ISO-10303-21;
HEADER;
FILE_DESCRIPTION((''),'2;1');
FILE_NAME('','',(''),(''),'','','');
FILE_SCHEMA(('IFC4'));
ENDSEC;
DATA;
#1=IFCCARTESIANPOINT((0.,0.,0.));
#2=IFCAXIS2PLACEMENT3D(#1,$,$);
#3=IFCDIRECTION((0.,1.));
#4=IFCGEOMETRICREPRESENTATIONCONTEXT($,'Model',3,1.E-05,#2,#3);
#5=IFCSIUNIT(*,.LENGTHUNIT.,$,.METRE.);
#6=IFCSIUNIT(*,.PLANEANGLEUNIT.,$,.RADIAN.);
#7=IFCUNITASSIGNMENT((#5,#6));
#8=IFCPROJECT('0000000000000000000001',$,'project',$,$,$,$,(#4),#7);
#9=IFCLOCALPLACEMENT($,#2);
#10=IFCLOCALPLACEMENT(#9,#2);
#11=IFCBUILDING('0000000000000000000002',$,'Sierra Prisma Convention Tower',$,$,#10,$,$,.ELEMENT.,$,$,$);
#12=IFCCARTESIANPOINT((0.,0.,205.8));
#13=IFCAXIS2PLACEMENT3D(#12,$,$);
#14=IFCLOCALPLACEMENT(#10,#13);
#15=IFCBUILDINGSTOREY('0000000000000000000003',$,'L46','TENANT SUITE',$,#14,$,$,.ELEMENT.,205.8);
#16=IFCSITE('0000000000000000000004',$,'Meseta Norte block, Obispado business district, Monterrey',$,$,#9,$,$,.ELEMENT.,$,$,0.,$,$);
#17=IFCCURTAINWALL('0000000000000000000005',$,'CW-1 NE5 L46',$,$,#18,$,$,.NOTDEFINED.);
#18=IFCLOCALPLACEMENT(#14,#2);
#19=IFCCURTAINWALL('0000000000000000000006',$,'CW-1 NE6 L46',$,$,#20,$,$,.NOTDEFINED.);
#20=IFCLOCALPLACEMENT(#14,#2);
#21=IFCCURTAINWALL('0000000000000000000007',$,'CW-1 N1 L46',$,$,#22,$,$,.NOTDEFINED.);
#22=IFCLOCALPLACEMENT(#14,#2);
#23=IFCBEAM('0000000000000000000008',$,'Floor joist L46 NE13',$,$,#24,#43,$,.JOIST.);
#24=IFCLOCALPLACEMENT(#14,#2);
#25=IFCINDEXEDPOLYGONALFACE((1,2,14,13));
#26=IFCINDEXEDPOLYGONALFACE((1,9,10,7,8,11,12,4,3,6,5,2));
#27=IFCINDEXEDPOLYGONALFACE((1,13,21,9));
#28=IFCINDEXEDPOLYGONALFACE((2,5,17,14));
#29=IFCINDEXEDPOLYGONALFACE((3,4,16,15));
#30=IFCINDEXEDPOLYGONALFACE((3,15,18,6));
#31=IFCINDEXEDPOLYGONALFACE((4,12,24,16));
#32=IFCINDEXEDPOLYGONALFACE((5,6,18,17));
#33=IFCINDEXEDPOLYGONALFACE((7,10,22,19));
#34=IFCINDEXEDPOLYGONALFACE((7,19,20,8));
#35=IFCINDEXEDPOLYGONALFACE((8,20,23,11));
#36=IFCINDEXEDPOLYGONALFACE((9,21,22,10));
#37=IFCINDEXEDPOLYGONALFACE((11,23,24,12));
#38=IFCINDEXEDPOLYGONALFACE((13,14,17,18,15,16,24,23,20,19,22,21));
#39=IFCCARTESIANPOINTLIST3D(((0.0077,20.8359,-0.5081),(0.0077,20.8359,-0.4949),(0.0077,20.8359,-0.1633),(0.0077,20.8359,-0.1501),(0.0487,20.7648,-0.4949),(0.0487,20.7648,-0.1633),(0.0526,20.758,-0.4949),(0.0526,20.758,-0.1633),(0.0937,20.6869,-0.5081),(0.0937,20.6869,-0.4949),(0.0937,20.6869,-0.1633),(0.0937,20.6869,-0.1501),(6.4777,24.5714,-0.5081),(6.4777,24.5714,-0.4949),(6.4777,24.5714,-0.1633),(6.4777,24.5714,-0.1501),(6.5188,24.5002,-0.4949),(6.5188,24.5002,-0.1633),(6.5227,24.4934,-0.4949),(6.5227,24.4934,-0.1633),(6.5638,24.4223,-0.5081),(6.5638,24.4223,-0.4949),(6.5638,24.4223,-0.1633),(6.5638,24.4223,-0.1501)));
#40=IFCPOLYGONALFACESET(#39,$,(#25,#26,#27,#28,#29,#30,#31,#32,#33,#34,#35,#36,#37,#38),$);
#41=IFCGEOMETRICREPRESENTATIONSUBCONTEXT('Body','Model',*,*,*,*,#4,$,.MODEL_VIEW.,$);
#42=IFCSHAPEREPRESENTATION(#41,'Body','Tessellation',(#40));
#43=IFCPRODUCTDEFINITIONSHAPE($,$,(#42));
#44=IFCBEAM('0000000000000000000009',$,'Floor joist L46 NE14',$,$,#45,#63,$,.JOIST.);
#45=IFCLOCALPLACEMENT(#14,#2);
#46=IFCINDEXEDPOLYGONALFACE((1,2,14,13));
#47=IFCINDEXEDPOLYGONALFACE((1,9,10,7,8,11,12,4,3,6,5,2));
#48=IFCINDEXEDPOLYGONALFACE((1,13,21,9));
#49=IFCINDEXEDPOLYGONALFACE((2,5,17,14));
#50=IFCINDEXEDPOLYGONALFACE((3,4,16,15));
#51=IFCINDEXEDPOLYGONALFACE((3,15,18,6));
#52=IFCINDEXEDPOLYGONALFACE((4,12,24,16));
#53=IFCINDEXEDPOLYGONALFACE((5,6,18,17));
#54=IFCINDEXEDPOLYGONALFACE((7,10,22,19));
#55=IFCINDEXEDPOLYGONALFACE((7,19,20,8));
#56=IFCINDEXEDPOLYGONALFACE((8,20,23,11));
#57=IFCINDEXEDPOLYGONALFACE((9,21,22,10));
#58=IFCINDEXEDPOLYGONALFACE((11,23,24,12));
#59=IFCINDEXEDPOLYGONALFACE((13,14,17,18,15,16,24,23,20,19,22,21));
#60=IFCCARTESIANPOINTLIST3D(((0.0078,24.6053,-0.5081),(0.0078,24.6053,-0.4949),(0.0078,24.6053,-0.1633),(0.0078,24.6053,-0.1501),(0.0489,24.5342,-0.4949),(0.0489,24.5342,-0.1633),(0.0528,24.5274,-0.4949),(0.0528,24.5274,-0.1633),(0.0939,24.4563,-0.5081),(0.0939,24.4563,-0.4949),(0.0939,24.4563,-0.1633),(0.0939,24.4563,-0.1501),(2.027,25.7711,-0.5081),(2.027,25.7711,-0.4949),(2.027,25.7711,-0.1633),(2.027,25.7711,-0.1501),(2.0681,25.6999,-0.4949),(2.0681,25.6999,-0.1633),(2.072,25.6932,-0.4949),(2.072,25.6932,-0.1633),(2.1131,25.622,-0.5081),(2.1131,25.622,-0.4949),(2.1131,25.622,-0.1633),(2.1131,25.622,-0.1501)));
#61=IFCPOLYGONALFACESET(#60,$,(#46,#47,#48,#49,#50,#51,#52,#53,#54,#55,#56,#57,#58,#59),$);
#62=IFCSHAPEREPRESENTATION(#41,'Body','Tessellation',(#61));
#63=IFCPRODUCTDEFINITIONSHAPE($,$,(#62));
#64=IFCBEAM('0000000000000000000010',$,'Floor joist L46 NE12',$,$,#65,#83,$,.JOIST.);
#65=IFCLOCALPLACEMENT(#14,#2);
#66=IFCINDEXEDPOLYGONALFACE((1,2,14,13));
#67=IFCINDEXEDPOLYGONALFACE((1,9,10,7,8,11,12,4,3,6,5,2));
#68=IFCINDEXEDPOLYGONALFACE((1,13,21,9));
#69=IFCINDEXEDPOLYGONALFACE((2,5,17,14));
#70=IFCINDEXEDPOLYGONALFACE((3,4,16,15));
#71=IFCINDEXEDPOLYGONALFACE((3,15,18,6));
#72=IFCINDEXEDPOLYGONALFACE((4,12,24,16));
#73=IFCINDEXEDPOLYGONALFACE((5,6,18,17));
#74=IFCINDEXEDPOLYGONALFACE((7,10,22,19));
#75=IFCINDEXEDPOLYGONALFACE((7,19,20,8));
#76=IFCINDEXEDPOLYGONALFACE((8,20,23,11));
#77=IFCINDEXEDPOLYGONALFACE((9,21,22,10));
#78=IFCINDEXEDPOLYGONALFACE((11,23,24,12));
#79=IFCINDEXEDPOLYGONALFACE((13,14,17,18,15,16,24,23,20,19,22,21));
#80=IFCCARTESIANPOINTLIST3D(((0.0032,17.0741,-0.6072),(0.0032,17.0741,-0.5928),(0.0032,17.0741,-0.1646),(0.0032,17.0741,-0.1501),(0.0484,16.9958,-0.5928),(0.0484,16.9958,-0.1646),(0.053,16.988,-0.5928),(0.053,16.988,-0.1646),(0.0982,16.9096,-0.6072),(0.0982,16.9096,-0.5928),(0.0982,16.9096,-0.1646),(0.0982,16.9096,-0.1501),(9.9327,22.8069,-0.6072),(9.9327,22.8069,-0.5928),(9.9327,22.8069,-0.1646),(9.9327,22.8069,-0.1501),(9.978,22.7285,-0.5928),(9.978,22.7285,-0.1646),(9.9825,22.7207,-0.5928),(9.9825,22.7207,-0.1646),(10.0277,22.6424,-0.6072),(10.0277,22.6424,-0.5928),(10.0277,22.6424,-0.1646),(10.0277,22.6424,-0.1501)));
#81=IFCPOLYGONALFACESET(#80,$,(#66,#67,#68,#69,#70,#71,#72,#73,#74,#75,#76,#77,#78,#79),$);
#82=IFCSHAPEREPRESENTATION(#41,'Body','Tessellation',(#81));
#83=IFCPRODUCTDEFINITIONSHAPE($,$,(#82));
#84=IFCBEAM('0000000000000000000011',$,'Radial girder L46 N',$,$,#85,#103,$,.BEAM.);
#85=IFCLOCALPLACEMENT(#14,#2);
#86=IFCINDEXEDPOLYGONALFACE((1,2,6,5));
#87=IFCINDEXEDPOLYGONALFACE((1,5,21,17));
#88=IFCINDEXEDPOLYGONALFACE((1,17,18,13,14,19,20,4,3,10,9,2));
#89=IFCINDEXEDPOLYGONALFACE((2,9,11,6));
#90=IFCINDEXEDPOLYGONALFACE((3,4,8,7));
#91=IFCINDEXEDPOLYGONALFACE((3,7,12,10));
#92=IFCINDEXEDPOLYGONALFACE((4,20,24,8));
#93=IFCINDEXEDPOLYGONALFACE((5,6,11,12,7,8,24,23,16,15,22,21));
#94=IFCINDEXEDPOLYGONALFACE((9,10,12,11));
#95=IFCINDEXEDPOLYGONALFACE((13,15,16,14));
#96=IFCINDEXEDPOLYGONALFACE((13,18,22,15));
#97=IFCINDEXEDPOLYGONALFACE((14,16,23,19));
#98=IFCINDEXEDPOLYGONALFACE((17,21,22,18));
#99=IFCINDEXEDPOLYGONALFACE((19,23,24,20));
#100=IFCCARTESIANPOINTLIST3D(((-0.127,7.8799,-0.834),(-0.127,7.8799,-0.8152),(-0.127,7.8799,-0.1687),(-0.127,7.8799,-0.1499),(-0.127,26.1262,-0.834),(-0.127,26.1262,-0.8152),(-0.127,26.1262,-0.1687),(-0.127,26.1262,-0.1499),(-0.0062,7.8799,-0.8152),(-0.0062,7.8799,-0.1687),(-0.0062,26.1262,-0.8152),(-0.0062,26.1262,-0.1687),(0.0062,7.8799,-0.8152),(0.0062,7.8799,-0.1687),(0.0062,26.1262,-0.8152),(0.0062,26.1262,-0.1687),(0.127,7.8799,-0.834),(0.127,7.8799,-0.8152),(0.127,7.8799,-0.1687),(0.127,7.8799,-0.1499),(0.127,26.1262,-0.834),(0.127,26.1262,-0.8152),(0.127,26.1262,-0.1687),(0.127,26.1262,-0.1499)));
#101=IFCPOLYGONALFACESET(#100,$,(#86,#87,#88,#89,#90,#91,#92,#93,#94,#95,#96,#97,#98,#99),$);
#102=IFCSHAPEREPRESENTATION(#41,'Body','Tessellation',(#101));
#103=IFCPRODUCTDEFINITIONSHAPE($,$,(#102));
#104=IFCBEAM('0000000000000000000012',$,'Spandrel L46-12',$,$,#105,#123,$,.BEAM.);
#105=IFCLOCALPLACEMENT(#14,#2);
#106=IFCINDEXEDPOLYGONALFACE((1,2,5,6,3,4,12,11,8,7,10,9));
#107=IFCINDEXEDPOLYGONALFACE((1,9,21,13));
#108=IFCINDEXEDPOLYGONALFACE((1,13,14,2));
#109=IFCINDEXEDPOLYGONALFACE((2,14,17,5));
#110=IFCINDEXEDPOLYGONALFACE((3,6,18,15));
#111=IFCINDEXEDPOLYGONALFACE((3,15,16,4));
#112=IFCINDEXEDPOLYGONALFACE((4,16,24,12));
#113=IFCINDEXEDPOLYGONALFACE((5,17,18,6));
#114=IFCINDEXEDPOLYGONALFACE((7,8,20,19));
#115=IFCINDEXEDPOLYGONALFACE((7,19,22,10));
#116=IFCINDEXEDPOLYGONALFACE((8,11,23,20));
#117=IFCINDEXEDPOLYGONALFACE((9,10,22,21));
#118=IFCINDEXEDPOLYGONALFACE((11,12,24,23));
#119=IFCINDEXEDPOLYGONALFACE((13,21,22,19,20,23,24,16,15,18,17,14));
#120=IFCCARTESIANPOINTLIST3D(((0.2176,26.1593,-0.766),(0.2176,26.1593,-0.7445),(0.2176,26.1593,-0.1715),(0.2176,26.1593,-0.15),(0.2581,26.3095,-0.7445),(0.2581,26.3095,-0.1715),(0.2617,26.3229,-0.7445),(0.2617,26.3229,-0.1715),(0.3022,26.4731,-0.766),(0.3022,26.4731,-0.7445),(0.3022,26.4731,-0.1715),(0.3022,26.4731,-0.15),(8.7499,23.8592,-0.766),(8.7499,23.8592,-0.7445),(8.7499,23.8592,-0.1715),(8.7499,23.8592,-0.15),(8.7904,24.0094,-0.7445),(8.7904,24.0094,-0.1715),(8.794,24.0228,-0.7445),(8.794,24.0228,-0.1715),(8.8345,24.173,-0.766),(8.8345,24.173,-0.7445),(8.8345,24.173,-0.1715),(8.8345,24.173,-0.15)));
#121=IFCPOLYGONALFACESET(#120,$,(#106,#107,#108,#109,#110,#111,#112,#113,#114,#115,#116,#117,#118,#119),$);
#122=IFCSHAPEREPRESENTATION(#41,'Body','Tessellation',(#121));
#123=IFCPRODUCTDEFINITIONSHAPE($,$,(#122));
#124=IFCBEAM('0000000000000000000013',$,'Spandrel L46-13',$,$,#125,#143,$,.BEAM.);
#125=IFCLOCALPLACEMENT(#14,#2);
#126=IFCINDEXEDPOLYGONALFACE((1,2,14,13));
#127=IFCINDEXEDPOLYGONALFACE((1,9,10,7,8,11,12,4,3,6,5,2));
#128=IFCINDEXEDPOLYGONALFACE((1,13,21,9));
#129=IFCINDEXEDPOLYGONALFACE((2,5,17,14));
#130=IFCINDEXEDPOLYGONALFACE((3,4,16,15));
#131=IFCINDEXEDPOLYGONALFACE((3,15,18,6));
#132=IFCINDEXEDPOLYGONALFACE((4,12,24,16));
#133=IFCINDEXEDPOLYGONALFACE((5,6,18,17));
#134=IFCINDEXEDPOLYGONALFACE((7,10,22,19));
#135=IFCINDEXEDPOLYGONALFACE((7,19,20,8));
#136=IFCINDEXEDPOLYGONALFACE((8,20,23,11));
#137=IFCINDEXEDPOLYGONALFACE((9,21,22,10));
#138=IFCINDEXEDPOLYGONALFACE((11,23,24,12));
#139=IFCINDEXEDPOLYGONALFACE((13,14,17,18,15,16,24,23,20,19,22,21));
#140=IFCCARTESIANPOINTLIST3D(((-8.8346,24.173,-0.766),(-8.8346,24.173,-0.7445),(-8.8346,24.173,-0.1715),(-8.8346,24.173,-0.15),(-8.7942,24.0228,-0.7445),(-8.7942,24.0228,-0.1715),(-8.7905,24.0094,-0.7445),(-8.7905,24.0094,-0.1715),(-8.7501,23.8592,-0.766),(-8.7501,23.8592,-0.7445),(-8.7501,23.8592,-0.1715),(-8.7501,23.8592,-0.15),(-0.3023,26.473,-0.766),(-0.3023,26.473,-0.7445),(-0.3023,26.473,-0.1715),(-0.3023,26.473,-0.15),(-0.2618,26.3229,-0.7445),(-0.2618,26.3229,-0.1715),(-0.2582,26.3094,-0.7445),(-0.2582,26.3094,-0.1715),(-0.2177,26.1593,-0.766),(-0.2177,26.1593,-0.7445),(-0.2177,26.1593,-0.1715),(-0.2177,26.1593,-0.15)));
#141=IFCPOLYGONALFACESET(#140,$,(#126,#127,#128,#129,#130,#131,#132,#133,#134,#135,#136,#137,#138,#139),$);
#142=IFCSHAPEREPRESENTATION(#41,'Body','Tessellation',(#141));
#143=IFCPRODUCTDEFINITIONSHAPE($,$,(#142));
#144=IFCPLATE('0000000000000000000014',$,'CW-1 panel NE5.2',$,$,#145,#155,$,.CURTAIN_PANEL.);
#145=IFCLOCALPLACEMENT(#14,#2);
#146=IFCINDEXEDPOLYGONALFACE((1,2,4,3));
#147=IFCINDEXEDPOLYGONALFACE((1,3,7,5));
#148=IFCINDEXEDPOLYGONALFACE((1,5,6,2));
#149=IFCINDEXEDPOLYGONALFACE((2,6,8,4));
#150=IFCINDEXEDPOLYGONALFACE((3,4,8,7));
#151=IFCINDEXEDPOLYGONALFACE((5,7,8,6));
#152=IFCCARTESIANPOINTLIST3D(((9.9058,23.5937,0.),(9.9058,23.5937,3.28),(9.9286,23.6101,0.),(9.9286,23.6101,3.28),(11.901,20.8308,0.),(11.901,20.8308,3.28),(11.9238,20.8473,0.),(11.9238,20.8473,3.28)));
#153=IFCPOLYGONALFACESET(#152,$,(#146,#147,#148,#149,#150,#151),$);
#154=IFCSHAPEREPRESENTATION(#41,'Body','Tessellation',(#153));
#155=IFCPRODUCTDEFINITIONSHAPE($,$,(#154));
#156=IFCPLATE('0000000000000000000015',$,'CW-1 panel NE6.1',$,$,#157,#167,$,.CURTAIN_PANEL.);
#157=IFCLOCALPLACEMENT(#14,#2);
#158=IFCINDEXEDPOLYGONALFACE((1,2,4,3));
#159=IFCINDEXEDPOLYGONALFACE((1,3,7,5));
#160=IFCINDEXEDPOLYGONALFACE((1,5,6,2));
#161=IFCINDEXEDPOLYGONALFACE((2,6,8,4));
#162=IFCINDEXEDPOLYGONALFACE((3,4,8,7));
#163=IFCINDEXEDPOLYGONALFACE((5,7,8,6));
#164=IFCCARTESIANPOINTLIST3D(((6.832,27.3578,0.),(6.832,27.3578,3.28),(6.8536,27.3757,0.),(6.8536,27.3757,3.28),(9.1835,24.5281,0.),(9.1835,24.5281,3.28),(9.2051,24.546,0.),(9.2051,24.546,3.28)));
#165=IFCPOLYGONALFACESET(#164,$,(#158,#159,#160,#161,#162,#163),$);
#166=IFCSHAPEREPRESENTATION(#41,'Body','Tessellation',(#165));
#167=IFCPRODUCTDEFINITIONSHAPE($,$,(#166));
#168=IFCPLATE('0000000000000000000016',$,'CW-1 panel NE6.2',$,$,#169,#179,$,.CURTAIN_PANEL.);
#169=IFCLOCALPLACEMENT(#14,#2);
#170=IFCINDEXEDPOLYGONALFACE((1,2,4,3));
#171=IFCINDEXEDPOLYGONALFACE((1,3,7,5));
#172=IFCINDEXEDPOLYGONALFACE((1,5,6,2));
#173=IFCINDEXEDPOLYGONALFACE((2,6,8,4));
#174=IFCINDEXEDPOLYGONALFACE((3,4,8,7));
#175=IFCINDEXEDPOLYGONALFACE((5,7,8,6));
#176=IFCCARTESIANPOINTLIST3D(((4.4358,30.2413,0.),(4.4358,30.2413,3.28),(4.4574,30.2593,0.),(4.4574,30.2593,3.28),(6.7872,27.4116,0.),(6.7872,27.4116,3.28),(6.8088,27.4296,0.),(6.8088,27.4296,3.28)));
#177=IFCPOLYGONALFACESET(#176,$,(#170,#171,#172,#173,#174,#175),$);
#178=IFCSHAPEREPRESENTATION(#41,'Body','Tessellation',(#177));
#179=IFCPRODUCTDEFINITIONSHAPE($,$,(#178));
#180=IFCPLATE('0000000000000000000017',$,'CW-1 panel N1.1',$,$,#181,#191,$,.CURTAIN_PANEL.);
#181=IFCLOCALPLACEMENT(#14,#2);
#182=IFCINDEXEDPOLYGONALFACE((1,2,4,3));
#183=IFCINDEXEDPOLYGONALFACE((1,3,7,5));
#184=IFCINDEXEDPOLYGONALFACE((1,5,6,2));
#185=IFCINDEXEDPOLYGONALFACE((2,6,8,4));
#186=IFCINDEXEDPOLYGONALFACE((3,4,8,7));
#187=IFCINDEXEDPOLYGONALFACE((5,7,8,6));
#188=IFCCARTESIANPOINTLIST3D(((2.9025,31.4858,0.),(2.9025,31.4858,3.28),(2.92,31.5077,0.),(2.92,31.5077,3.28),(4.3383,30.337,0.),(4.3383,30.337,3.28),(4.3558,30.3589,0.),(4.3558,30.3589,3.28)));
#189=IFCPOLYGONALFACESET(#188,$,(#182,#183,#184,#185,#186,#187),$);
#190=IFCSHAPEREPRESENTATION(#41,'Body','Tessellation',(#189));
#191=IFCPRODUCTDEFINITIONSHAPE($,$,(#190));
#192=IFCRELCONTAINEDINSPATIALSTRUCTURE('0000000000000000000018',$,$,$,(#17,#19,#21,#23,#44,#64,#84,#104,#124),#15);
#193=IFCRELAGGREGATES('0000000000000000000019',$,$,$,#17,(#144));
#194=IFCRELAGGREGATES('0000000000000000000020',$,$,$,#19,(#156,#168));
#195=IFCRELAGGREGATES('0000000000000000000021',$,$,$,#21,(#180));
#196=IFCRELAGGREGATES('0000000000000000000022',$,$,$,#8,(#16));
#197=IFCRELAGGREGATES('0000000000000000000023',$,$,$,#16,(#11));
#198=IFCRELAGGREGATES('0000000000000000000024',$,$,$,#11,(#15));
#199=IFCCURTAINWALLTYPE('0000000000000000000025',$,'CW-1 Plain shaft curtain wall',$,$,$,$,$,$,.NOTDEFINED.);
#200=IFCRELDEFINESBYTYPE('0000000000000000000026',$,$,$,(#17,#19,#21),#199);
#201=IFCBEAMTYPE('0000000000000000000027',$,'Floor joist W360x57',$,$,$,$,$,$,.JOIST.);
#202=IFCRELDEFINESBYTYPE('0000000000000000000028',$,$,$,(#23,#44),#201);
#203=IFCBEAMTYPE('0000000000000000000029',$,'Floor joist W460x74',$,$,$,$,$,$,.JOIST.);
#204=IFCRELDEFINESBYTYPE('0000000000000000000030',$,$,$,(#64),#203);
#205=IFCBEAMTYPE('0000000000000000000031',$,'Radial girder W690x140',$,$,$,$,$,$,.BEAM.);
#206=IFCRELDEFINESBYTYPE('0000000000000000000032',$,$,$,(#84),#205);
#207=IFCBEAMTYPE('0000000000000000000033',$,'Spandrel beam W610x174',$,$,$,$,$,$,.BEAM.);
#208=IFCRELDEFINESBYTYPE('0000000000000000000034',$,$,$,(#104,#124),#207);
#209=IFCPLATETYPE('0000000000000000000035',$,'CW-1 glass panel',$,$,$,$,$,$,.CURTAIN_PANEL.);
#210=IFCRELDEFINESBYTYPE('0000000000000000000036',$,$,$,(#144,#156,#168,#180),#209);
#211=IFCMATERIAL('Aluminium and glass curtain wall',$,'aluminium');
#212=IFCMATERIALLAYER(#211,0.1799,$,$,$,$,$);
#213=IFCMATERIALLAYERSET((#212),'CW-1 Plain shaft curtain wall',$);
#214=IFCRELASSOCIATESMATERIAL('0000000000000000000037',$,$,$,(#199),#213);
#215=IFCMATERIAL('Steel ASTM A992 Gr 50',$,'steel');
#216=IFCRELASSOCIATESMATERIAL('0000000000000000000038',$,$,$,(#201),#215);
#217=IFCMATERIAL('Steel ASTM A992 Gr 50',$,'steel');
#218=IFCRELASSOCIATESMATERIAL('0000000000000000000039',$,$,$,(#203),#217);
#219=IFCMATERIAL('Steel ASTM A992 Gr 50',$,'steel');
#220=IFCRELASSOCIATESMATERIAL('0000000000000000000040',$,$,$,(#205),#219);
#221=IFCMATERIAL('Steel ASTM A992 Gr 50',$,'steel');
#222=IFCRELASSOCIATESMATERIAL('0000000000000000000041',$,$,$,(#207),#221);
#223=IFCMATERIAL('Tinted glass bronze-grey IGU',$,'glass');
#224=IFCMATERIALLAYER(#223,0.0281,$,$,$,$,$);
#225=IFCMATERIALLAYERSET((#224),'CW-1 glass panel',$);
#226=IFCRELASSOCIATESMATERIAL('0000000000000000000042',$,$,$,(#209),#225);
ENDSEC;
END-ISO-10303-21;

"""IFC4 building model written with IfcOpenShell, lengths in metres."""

from ifc_helpers import new_model, si_unit, direction, frame, origin, origin_2d, place, context, subcontext, project, spatial, rectangle, i_section, extrude, material, layer, layer_set, material_profile, profile_set, type_object, element, aggregate, save


model = new_model("IFC4")

# Units and contexts
model_context = context("Model", 3, precision=1e-05, world=origin(), true_north=direction((0.0, 1.0)))
body_context = subcontext(model_context, "Body", "Model", "MODEL_VIEW")
ifc_project = project(units=[si_unit("LENGTHUNIT", "METRE"), si_unit("PLANEANGLEUNIT", "RADIAN")], contexts=[model_context])

# Site, building, storey
site_placement = place(None, origin())
site = spatial("IfcSite", under=ifc_project, at=site_placement, Name="Meseta Norte block, Obispado business district, Monterrey", CompositionType="ELEMENT", RefElevation=0.0)
building_placement = place(site_placement, origin())
building = spatial("IfcBuilding", under=site, at=building_placement, Name="Sierra Prisma Convention Tower", CompositionType="ELEMENT")
storey_placement = place(building_placement, frame((0.0, 0.0, 205.8)))
storey = spatial("IfcBuildingStorey", under=building, at=storey_placement, Name="L46", Description="TENANT SUITE", CompositionType="ELEMENT", Elevation=205.8)

# Curtain walls
ifc_material_1 = material(Name="Aluminium and glass curtain wall", Category="aluminium")
ifc_layer_1 = layer(ifc_material_1, 0.1799)
ifc_layer_set_1 = layer_set([ifc_layer_1], Name="CW-1 Plain shaft curtain wall")
curtain_wall_type = type_object("IfcCurtainWallType", Name="CW-1 Plain shaft curtain wall", PredefinedType="NOTDEFINED", material=ifc_layer_set_1)
curtain_wall_1_placement = place(storey_placement, origin())
curtain_wall_1 = element("IfcCurtainWall", 1, at=curtain_wall_1_placement, inside=storey, type_object=curtain_wall_type, Name="CW-1 NE5 L46", PredefinedType="NOTDEFINED")
curtain_wall_2_placement = place(storey_placement, origin())
curtain_wall_2 = element("IfcCurtainWall", 2, at=curtain_wall_2_placement, inside=storey, type_object=curtain_wall_type, Name="CW-1 NE6 L46", PredefinedType="NOTDEFINED")
curtain_wall_3_placement = place(storey_placement, origin())
curtain_wall_3 = element("IfcCurtainWall", 3, at=curtain_wall_3_placement, inside=storey, type_object=curtain_wall_type, Name="CW-1 N1 L46", PredefinedType="NOTDEFINED")

# Beams
ifc_material_2 = material(Name="Steel ASTM A992 Gr 50", Category="steel")
ifc_material_profile_1 = material_profile(ifc_material_2, i_section(OverallWidth=0.1721, OverallDepth=0.3579, WebThickness=0.0078, FlangeThickness=0.0132, at=origin_2d()), Name="W360x57")
ifc_profile_set_1 = profile_set([ifc_material_profile_1], Name="Steel ASTM A992 Gr 50")
beam_type_1 = type_object("IfcBeamType", Name="Floor joist W360x57", PredefinedType="JOIST", material=ifc_profile_set_1)
beam_1_placement = place(storey_placement, frame((6.5208, 24.4968, -0.3291), z_axis=(-0.86603, -0.499991, 0.0), x_axis=(0.499991, -0.86603, 0.0)))
element("IfcBeam", 4, at=beam_1_placement, inside=storey, type_object=beam_type_1, Name="Floor joist L46 NE13", PredefinedType="JOIST", context=body_context, shape_type="SweptSolid", body=[
    extrude(i_section(OverallWidth=0.1721, OverallDepth=0.3579, WebThickness=0.0078, FlangeThickness=0.0132, at=origin_2d()), origin(), (0.0, 0.0, 1.0), 7.4709),
])
beam_2_placement = place(storey_placement, frame((2.0701, 25.6965, -0.3291), z_axis=(-0.866037, -0.499979, 0.0), x_axis=(0.499979, -0.866037, 0.0)))
element("IfcBeam", 5, at=beam_2_placement, inside=storey, type_object=beam_type_1, Name="Floor joist L46 NE14", PredefinedType="JOIST", context=body_context, shape_type="SweptSolid", body=[
    extrude(i_section(OverallWidth=0.1721, OverallDepth=0.3579, WebThickness=0.0078, FlangeThickness=0.0132, at=origin_2d()), origin(), (0.0, 0.0, 1.0), 2.3315),
])
ifc_material_3 = material(Name="Steel ASTM A992 Gr 50", Category="steel")
ifc_material_profile_2 = material_profile(ifc_material_3, i_section(OverallWidth=0.1899, OverallDepth=0.457, WebThickness=0.009, FlangeThickness=0.0144, at=origin_2d()), Name="W460x74")
ifc_profile_set_2 = profile_set([ifc_material_profile_2], Name="Steel ASTM A992 Gr 50")
beam_type_2 = type_object("IfcBeamType", Name="Floor joist W460x74", PredefinedType="JOIST", material=ifc_profile_set_2)
beam_3_placement = place(storey_placement, frame((9.9802, 22.7246, -0.3787), z_axis=(-0.866029, -0.499993, 0.0), x_axis=(0.499993, -0.866029, 0.0)))
element("IfcBeam", 6, at=beam_3_placement, inside=storey, type_object=beam_type_2, Name="Floor joist L46 NE12", PredefinedType="JOIST", context=body_context, shape_type="SweptSolid", body=[
    extrude(i_section(OverallWidth=0.1899, OverallDepth=0.457, WebThickness=0.009, FlangeThickness=0.0144, at=origin_2d()), origin(), (0.0, 0.0, 1.0), 11.4656),
])
ifc_material_4 = material(Name="Steel ASTM A992 Gr 50", Category="steel")
ifc_material_profile_3 = material_profile(ifc_material_4, i_section(OverallWidth=0.2539, OverallDepth=0.6841, WebThickness=0.0125, FlangeThickness=0.0188, at=origin_2d()), Name="W690x140")
ifc_profile_set_3 = profile_set([ifc_material_profile_3], Name="Steel ASTM A992 Gr 50")
beam_type_3 = type_object("IfcBeamType", Name="Radial girder W690x140", PredefinedType="BEAM", material=ifc_profile_set_3)
beam_4_placement = place(storey_placement, frame((0.0, 26.1262, -0.4919), z_axis=(0.0, -1.0, 0.0), x_axis=(1.0, 0.0, 0.0)))
element("IfcBeam", 7, at=beam_4_placement, inside=storey, type_object=beam_type_3, Name="Radial girder L46 N", PredefinedType="BEAM", context=body_context, shape_type="SweptSolid", body=[
    extrude(i_section(OverallWidth=0.2539, OverallDepth=0.6841, WebThickness=0.0125, FlangeThickness=0.0188, at=origin_2d()), origin(), (0.0, 0.0, 1.0), 18.2463),
])
ifc_material_5 = material(Name="Steel ASTM A992 Gr 50", Category="steel")
ifc_material_profile_4 = material_profile(ifc_material_5, i_section(OverallWidth=0.325, OverallDepth=0.616, WebThickness=0.0139, FlangeThickness=0.0215, at=origin_2d()), Name="W610x174")
ifc_profile_set_4 = profile_set([ifc_material_profile_4], Name="Steel ASTM A992 Gr 50")
beam_type_4 = type_object("IfcBeamType", Name="Spandrel beam W610x174", PredefinedType="BEAM", material=ifc_profile_set_4)
for number, where, z_axis, x_axis, name in (
    (8, (8.7922, 24.0161, -0.458), (-0.965533, 0.260281, 0.0), (-0.260281, -0.965533, 0.0), "Spandrel L46-12"),
    (9, (-0.26, 26.3162, -0.458), (-0.965533, -0.260281, 0.0), (0.260281, -0.965533, 0.0), "Spandrel L46-13"),
):
    element("IfcBeam", number, at=place(storey_placement, frame(where, z_axis=z_axis, x_axis=x_axis)), inside=storey, type_object=beam_type_4, Name=name, PredefinedType="BEAM", context=body_context, shape_type="SweptSolid", body=[
        extrude(i_section(OverallWidth=0.325, OverallDepth=0.616, WebThickness=0.0139, FlangeThickness=0.0215, at=origin_2d()), origin(), (0.0, 0.0, 1.0), 8.8369),
    ])

# Plates
ifc_material_6 = material(Name="Tinted glass bronze-grey IGU", Category="glass")
ifc_layer_2 = layer(ifc_material_6, 0.0281)
ifc_layer_set_2 = layer_set([ifc_layer_2], Name="CW-1 glass panel")
plate_type = type_object("IfcPlateType", Name="CW-1 glass panel", PredefinedType="CURTAIN_PANEL", material=ifc_layer_set_2)
plate_1_placement = place(storey_placement, frame((10.9148, 22.2205, 0.0), z_axis=(0.0, 0.0, 1.0), x_axis=(-0.58546, 0.810701, 0.0)))
plate_1 = element("IfcPlate", 10, at=plate_1_placement, type_object=plate_type, Name="CW-1 panel NE5.2", PredefinedType="CURTAIN_PANEL", context=body_context, shape_type="SweptSolid", body=[
    extrude(rectangle(XDim=3.408, YDim=0.0281, at=origin_2d()), origin(), (0.0, 0.0, 1.0), 3.28),
])
aggregate(curtain_wall_1, [plate_1])
plate_2_placement = place(storey_placement, frame((8.0186, 25.9519, 0.0), z_axis=(0.0, 0.0, 1.0), x_axis=(-0.639114, 0.769112, 0.0)))
plate_2 = element("IfcPlate", 11, at=plate_2_placement, type_object=plate_type, Name="CW-1 panel NE6.1", PredefinedType="CURTAIN_PANEL", context=body_context, shape_type="SweptSolid", body=[
    extrude(rectangle(XDim=3.6792, YDim=0.0281, at=origin_2d()), origin(), (0.0, 0.0, 1.0), 3.28),
])
plate_3_placement = place(storey_placement, frame((5.6223, 28.8354, 0.0), z_axis=(0.0, 0.0, 1.0), x_axis=(-0.639114, 0.769112, 0.0)))
plate_3 = element("IfcPlate", 12, at=plate_3_placement, type_object=plate_type, Name="CW-1 panel NE6.2", PredefinedType="CURTAIN_PANEL", context=body_context, shape_type="SweptSolid", body=[
    extrude(rectangle(XDim=3.6792, YDim=0.0281, at=origin_2d()), origin(), (0.0, 0.0, 1.0), 3.28),
])
aggregate(curtain_wall_2, [plate_2, plate_3])
plate_4_placement = place(storey_placement, frame((3.6292, 30.9224, 0.0), z_axis=(0.0, 0.0, 1.0), x_axis=(-0.780832, 0.624742, 0.0)))
plate_4 = element("IfcPlate", 13, at=plate_4_placement, type_object=plate_type, Name="CW-1 panel N1.1", PredefinedType="CURTAIN_PANEL", context=body_context, shape_type="SweptSolid", body=[
    extrude(rectangle(XDim=1.8389, YDim=0.0281, at=origin_2d()), origin(), (0.0, 0.0, 1.0), 3.28),
])
aggregate(curtain_wall_3, [plate_4])

save(model, "model.ifc")
